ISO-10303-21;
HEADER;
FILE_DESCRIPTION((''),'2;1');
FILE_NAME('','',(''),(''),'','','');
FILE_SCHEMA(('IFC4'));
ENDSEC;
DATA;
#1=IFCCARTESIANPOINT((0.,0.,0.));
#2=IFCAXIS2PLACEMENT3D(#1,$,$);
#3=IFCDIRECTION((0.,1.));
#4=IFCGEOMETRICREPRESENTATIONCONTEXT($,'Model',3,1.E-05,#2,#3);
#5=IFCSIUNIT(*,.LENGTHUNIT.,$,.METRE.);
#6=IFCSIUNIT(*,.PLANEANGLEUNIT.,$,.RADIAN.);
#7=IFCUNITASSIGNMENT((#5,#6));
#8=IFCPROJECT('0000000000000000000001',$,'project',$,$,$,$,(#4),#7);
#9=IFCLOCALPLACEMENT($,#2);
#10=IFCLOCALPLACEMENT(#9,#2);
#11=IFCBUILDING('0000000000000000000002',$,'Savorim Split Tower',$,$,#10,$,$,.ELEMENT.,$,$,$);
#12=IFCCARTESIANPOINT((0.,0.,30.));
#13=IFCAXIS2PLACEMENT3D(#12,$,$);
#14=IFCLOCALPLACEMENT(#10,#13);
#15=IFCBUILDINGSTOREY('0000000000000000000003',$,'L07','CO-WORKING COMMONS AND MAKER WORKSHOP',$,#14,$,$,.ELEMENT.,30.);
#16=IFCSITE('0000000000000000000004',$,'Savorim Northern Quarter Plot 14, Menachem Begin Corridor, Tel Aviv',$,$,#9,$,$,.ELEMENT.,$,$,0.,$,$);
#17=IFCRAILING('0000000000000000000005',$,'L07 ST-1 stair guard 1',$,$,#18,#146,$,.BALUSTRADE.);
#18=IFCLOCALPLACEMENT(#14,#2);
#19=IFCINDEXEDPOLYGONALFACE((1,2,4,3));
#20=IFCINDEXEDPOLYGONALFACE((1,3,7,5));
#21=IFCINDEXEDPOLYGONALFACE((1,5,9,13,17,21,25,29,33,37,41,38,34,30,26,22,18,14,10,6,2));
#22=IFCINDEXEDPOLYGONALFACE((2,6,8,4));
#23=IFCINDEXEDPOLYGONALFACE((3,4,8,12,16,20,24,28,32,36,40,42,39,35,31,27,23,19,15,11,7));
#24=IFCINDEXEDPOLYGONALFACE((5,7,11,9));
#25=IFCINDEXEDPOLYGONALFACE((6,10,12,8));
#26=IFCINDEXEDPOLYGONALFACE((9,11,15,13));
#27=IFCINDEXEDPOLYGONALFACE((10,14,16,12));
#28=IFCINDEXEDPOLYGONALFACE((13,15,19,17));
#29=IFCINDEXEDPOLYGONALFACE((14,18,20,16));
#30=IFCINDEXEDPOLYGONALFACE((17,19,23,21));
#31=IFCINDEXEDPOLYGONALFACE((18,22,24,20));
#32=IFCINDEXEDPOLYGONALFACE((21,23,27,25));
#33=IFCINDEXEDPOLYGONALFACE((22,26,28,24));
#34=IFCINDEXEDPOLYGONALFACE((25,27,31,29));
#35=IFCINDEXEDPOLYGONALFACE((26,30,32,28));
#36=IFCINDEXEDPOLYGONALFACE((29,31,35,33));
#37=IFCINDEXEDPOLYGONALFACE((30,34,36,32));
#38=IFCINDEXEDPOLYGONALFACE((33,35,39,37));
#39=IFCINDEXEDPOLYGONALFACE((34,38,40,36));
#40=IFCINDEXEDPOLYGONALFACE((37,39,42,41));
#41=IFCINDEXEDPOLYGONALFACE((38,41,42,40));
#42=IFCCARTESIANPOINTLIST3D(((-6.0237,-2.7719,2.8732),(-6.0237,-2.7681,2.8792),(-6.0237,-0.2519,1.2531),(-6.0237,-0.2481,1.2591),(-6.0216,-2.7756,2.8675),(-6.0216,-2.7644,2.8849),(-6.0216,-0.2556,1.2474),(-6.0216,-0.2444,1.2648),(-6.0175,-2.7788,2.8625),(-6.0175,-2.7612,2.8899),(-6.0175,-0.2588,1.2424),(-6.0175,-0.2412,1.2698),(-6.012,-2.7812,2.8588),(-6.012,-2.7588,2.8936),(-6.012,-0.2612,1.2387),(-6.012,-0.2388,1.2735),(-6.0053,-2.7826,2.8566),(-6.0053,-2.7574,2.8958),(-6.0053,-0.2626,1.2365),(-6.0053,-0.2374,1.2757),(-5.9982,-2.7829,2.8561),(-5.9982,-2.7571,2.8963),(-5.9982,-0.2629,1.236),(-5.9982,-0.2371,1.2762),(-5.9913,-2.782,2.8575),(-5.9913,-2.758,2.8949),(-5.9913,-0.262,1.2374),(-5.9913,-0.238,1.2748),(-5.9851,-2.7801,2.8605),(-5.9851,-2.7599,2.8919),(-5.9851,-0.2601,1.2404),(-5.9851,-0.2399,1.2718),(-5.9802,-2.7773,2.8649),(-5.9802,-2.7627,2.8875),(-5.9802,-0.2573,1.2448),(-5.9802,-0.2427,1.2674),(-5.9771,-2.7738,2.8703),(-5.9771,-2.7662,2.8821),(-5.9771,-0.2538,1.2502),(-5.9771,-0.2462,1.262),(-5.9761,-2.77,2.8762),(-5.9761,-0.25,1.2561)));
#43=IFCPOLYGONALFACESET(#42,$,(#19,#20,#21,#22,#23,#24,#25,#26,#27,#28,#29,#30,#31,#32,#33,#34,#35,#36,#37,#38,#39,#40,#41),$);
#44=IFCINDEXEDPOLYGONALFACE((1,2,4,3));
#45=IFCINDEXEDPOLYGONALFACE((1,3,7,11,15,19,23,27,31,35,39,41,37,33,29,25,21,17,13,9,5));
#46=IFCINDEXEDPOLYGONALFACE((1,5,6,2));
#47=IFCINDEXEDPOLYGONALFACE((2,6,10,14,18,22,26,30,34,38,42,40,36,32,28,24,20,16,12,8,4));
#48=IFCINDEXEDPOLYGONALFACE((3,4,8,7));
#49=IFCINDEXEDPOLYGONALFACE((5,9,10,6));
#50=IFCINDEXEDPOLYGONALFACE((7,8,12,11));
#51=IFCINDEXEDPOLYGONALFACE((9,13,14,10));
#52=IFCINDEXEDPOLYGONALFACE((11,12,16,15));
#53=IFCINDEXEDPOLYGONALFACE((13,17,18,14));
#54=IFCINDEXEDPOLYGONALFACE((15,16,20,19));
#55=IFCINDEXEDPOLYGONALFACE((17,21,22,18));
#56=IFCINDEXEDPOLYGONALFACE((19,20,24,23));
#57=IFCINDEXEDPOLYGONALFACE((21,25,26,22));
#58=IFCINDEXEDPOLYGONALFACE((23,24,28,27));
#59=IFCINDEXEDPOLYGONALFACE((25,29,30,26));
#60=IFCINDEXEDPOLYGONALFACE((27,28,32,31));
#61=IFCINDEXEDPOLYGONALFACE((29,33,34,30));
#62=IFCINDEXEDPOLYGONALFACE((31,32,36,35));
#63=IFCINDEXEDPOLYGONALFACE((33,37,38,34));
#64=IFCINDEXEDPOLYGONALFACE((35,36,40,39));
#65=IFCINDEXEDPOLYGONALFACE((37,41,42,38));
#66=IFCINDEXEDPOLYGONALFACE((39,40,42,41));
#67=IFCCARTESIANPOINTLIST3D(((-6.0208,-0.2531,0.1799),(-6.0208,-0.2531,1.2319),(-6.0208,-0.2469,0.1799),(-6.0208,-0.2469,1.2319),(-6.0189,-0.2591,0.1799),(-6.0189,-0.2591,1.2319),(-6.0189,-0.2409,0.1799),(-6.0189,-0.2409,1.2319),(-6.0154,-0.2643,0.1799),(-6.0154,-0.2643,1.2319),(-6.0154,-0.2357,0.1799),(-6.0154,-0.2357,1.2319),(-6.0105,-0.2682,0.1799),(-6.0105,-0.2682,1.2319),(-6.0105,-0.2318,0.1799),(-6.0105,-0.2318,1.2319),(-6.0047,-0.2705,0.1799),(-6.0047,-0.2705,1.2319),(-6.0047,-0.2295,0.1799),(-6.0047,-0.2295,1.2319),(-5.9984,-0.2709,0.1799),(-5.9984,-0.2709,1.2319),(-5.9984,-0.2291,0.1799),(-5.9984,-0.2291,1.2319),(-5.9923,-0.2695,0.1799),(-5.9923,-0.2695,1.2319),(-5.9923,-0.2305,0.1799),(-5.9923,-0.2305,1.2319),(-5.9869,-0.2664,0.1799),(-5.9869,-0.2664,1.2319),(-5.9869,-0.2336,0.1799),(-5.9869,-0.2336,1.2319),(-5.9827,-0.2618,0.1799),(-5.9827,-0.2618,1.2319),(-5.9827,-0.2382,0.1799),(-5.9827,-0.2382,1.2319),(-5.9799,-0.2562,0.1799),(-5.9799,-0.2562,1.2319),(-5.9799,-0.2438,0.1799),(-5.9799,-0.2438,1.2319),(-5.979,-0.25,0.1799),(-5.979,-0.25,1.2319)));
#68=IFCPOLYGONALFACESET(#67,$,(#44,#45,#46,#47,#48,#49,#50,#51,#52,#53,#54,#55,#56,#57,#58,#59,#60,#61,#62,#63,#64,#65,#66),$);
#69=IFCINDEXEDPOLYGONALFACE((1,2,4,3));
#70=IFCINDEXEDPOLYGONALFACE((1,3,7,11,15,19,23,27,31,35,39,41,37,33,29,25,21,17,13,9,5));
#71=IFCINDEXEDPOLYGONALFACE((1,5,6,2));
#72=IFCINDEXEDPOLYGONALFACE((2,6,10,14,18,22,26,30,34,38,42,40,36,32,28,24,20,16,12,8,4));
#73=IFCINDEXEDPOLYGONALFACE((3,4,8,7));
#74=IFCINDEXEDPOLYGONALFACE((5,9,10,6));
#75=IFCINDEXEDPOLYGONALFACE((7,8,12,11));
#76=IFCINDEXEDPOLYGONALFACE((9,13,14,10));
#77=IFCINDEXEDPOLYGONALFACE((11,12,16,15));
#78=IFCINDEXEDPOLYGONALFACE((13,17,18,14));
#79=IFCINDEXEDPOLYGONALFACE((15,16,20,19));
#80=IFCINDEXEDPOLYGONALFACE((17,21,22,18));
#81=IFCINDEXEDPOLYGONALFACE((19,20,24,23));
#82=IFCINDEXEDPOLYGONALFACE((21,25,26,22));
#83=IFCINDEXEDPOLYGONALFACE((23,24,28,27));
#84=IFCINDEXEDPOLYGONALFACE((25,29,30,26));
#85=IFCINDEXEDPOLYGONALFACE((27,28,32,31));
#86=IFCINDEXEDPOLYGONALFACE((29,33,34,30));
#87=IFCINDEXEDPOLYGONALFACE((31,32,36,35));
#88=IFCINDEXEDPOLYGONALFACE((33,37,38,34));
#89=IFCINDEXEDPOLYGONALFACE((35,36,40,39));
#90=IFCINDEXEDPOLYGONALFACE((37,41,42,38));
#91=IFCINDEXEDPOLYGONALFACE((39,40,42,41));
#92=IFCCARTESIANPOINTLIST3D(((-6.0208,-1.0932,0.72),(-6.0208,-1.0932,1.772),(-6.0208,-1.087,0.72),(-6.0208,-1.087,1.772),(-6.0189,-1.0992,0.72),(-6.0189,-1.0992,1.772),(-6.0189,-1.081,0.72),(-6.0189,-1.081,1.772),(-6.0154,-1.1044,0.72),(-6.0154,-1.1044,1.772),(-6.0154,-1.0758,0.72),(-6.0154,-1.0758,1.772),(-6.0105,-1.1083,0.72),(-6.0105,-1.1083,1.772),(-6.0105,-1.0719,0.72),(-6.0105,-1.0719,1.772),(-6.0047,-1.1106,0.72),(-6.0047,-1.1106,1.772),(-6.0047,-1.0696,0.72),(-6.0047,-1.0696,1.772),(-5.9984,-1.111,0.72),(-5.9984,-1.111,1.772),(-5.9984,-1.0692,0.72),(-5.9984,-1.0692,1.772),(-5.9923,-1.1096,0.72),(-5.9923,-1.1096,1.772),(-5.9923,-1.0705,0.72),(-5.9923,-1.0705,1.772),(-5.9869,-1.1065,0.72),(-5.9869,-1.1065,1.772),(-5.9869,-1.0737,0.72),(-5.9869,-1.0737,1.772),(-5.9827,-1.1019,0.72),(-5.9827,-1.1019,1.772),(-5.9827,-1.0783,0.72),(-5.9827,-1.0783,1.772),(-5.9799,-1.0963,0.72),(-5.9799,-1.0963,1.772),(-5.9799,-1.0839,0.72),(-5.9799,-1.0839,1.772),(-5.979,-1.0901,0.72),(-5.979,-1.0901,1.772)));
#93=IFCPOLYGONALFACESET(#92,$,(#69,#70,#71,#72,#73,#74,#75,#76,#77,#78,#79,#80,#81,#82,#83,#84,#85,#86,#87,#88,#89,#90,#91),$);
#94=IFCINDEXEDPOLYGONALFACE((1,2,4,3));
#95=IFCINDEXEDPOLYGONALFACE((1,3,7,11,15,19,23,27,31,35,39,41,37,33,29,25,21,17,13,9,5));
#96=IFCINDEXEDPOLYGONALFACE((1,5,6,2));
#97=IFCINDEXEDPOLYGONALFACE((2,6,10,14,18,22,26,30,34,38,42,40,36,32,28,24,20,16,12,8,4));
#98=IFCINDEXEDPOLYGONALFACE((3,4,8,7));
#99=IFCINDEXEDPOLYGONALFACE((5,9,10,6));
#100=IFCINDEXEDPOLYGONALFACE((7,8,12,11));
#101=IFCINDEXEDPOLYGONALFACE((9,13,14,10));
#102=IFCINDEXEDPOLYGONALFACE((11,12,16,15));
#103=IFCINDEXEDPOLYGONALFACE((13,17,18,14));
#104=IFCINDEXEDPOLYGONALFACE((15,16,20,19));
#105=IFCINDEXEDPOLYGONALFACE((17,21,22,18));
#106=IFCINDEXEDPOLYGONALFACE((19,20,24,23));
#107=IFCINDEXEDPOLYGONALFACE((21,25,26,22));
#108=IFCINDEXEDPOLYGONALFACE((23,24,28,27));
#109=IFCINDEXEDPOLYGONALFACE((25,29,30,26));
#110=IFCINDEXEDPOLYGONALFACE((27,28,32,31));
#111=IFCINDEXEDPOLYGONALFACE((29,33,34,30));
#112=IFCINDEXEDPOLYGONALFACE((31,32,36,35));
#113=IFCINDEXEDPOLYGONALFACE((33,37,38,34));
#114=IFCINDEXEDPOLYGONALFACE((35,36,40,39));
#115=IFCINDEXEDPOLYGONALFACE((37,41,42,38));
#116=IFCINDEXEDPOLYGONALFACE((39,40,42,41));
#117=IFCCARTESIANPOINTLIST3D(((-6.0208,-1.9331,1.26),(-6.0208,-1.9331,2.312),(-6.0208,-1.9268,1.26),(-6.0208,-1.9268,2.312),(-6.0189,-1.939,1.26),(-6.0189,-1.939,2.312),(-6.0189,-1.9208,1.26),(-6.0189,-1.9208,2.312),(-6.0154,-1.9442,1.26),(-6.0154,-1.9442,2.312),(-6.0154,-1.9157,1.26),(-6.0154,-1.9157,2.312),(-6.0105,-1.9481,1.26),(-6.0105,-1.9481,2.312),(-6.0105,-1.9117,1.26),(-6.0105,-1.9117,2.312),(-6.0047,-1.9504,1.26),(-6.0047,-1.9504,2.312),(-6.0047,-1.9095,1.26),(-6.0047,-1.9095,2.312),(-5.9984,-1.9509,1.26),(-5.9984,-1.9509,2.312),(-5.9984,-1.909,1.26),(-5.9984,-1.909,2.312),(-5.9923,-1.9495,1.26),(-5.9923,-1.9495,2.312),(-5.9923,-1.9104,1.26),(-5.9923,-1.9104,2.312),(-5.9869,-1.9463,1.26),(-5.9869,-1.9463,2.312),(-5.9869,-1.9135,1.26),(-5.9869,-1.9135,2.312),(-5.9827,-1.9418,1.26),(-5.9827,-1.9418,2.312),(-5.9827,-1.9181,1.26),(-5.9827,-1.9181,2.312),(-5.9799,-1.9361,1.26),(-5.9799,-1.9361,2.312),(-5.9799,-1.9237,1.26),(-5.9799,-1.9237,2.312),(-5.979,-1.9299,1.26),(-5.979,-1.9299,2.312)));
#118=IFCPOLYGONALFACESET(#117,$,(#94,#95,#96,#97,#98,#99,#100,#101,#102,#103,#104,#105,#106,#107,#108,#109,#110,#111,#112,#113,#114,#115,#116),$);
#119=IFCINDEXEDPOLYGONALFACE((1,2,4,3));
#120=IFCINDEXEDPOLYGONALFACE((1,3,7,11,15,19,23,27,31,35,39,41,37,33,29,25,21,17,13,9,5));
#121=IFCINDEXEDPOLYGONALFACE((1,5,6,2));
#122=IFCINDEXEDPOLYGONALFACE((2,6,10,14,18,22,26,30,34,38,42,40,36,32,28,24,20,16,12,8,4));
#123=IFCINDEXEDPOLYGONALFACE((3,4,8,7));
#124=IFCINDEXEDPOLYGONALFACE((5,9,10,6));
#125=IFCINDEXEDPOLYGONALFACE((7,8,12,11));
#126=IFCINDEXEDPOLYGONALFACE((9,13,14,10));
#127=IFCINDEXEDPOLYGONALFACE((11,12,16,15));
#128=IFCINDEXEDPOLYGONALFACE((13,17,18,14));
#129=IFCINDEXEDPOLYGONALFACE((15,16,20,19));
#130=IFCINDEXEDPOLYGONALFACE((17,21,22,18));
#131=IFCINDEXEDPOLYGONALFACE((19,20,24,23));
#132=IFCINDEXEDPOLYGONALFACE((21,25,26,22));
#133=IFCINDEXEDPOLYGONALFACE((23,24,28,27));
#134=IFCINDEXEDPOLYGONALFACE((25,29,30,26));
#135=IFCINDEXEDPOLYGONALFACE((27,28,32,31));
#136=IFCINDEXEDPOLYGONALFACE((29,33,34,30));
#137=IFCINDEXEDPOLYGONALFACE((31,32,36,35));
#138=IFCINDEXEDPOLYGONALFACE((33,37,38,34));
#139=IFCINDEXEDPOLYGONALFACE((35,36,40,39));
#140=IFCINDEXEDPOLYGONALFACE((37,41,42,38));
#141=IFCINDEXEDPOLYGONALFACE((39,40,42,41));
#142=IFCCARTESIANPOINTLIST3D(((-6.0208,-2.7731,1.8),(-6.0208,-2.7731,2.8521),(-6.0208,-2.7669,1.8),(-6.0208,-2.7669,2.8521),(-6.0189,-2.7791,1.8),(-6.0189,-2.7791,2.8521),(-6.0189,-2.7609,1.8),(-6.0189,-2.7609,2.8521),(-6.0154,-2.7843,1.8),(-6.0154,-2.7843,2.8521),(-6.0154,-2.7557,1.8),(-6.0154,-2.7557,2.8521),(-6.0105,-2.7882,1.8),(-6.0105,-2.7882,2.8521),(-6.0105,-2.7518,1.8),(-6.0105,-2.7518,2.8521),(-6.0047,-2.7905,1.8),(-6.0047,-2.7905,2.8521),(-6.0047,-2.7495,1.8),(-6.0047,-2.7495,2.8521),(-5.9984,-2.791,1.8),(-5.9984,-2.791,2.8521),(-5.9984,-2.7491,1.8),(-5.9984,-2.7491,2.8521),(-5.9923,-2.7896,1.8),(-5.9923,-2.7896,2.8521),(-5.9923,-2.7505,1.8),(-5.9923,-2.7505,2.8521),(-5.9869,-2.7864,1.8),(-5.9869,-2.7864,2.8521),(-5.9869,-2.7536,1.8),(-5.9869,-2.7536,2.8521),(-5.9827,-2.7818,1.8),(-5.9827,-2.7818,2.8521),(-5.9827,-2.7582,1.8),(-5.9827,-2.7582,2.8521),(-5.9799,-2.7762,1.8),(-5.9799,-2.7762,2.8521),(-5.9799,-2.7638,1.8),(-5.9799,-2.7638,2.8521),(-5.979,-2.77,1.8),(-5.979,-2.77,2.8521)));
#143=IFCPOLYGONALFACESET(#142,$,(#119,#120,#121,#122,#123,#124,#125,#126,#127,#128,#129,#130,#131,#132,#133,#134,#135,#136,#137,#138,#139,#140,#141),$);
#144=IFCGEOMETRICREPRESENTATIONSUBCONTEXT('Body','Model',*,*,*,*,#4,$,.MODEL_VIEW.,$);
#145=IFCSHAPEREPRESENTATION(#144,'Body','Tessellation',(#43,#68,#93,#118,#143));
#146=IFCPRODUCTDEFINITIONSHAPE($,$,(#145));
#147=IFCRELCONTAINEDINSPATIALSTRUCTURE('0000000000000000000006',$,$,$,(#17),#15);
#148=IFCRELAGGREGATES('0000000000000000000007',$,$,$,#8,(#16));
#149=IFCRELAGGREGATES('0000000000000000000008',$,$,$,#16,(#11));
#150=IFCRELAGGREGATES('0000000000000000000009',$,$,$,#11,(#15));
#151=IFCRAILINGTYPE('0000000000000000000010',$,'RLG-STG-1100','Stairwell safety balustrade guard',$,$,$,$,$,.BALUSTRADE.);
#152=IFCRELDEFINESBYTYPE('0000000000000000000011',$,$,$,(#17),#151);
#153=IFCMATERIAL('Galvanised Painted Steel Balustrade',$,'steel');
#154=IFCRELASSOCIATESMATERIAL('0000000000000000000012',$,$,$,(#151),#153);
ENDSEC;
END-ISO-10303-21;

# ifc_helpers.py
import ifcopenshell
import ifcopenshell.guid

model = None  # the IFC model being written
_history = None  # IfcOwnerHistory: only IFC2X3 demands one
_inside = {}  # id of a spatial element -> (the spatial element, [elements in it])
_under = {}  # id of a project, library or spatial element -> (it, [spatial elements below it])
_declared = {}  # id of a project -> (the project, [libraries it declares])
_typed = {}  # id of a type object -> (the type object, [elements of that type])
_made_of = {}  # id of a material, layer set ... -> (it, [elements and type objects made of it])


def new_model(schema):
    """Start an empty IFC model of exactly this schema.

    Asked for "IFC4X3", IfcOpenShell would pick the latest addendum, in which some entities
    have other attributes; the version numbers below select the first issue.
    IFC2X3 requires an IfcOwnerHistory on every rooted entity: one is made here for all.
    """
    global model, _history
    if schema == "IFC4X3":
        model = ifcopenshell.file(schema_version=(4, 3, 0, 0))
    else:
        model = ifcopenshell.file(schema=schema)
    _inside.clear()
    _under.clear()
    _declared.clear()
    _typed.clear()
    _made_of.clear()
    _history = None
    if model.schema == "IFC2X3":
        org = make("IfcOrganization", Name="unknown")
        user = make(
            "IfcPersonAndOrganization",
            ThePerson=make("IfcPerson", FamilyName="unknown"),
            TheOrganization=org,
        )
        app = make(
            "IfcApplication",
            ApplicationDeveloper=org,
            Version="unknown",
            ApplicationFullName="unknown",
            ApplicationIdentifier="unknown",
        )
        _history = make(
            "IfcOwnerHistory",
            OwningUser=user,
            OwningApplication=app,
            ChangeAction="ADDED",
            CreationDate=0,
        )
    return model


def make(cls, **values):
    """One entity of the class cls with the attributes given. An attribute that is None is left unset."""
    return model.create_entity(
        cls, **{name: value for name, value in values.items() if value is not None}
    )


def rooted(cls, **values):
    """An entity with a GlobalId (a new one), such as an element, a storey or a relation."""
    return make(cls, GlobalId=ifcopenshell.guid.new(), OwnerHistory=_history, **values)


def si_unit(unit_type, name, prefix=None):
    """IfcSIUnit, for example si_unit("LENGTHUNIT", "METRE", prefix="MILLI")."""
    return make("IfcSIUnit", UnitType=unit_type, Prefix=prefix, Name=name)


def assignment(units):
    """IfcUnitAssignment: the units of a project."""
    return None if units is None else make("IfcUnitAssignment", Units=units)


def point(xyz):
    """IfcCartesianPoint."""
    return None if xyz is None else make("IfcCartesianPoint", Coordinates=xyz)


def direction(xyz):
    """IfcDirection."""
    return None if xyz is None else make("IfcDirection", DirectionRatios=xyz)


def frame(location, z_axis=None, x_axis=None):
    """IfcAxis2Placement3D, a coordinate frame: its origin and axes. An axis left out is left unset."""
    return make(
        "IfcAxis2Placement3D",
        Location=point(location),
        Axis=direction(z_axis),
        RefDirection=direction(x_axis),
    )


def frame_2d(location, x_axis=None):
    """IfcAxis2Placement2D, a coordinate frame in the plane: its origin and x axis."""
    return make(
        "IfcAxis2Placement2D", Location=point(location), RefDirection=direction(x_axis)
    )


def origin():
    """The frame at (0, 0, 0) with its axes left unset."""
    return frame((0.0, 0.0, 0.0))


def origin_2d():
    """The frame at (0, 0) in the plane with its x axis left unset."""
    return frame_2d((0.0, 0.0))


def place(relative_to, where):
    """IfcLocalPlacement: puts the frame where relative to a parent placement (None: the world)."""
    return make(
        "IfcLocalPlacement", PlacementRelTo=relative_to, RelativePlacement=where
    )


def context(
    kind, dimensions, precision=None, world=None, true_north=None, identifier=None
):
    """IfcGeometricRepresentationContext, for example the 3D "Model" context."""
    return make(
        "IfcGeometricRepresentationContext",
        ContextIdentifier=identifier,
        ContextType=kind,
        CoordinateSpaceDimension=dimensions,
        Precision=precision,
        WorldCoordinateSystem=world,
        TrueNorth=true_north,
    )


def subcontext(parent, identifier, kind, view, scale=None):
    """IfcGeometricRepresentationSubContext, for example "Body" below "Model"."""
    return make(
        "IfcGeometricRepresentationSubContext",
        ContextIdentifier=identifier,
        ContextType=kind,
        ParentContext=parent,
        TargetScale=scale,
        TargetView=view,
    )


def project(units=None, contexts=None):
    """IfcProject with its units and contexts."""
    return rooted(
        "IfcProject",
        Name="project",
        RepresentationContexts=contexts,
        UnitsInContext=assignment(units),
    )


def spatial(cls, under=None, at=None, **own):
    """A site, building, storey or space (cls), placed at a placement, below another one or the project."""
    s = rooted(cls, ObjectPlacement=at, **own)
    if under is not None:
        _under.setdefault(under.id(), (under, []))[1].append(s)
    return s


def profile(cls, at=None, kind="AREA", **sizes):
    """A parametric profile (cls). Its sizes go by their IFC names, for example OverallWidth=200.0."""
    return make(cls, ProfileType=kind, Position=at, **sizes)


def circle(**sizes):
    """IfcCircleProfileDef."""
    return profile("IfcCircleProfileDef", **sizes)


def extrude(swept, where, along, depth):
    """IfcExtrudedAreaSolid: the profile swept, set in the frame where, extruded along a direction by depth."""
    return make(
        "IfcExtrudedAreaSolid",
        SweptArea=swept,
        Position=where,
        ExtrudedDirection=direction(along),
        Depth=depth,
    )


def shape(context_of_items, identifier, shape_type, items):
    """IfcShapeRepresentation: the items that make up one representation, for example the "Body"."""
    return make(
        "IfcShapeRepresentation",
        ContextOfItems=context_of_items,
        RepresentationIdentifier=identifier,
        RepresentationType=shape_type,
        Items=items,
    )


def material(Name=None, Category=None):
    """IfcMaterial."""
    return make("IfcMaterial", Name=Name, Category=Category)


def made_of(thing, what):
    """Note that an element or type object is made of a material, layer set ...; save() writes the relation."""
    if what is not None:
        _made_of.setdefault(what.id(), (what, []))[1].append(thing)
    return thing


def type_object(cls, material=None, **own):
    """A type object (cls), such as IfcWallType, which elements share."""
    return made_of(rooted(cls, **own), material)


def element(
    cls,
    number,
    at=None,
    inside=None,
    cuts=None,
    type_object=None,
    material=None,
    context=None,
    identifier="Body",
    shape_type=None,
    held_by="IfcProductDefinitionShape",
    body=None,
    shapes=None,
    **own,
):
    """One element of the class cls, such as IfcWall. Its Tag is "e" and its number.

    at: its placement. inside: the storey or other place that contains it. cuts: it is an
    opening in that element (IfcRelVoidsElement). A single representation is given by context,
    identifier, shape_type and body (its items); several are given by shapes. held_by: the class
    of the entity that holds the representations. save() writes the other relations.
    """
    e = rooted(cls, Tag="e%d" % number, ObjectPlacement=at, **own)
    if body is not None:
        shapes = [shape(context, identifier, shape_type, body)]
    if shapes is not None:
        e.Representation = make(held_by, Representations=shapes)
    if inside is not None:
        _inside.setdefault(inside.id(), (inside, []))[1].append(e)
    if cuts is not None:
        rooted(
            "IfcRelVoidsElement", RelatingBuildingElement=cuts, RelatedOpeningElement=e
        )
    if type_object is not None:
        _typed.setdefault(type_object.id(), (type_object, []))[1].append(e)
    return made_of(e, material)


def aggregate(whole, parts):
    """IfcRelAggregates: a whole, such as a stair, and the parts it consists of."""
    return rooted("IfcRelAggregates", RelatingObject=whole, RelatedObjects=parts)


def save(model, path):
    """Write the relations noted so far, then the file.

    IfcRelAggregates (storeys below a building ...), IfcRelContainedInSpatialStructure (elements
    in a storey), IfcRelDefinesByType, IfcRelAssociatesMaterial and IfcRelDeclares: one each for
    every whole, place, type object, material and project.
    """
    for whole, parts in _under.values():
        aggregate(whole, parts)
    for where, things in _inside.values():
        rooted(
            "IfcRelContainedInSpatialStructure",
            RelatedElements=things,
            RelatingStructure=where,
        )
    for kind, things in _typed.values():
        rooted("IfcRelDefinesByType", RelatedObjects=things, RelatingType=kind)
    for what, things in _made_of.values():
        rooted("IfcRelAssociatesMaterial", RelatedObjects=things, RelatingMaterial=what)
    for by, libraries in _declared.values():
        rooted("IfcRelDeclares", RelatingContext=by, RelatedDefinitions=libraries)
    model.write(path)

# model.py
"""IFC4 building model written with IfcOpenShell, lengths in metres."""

from ifc_helpers import new_model, si_unit, direction, frame, origin, origin_2d, place, context, subcontext, project, spatial, circle, extrude, material, type_object, element, save


model = new_model("IFC4")

# Units and contexts
model_context = context("Model", 3, precision=1e-05, world=origin(), true_north=direction((0.0, 1.0)))
body_context = subcontext(model_context, "Body", "Model", "MODEL_VIEW")
ifc_project = project(units=[si_unit("LENGTHUNIT", "METRE"), si_unit("PLANEANGLEUNIT", "RADIAN")], contexts=[model_context])

# Site, building, storey
site_placement = place(None, origin())
site = spatial("IfcSite", under=ifc_project, at=site_placement, Name="Savorim Northern Quarter Plot 14, Menachem Begin Corridor, Tel Aviv", CompositionType="ELEMENT", RefElevation=0.0)
building_placement = place(site_placement, origin())
building = spatial("IfcBuilding", under=site, at=building_placement, Name="Savorim Split Tower", CompositionType="ELEMENT")
storey_placement = place(building_placement, frame((0.0, 0.0, 30.0)))
storey = spatial("IfcBuildingStorey", under=building, at=storey_placement, Name="L07", Description="CO-WORKING COMMONS AND MAKER WORKSHOP", CompositionType="ELEMENT", Elevation=30.0)

# Railing
ifc_material_1 = material(Name="Galvanised Painted Steel Balustrade", Category="steel")
railing_type_1 = type_object("IfcRailingType", Name="RLG-STG-1100", Description="Stairwell safety balustrade guard", PredefinedType="BALUSTRADE", material=ifc_material_1)
railing_1_placement = place(storey_placement, frame((-6.0, -0.25, 0.1799)))
element("IfcRailing", 1, at=railing_1_placement, inside=storey, type_object=railing_type_1, Name="L07 ST-1 stair guard 1", PredefinedType="BALUSTRADE", context=body_context, shape_type="SweptSolid", body=[
    extrude(circle(Radius=0.0239, at=origin_2d()), frame((0.0, 0.0, 1.0762), z_axis=(0.0, -0.841163, 0.540782), x_axis=(1.0, 0.0, 0.0)), (0.0, 0.0, 1.0), 2.9958),
    extrude(circle(Radius=0.021, at=origin_2d()), origin(), (0.0, 0.0, 1.0), 1.052),
    extrude(circle(Radius=0.021, at=origin_2d()), frame((0.0, -0.8401, 0.54)), (0.0, 0.0, 1.0), 1.052),
    extrude(circle(Radius=0.021, at=origin_2d()), frame((0.0, -1.6799, 1.0801)), (0.0, 0.0, 1.0), 1.052),
    extrude(circle(Radius=0.021, at=origin_2d()), frame((0.0, -2.52, 1.6201)), (0.0, 0.0, 1.0), 1.052),
])

save(model, "model.ifc")
